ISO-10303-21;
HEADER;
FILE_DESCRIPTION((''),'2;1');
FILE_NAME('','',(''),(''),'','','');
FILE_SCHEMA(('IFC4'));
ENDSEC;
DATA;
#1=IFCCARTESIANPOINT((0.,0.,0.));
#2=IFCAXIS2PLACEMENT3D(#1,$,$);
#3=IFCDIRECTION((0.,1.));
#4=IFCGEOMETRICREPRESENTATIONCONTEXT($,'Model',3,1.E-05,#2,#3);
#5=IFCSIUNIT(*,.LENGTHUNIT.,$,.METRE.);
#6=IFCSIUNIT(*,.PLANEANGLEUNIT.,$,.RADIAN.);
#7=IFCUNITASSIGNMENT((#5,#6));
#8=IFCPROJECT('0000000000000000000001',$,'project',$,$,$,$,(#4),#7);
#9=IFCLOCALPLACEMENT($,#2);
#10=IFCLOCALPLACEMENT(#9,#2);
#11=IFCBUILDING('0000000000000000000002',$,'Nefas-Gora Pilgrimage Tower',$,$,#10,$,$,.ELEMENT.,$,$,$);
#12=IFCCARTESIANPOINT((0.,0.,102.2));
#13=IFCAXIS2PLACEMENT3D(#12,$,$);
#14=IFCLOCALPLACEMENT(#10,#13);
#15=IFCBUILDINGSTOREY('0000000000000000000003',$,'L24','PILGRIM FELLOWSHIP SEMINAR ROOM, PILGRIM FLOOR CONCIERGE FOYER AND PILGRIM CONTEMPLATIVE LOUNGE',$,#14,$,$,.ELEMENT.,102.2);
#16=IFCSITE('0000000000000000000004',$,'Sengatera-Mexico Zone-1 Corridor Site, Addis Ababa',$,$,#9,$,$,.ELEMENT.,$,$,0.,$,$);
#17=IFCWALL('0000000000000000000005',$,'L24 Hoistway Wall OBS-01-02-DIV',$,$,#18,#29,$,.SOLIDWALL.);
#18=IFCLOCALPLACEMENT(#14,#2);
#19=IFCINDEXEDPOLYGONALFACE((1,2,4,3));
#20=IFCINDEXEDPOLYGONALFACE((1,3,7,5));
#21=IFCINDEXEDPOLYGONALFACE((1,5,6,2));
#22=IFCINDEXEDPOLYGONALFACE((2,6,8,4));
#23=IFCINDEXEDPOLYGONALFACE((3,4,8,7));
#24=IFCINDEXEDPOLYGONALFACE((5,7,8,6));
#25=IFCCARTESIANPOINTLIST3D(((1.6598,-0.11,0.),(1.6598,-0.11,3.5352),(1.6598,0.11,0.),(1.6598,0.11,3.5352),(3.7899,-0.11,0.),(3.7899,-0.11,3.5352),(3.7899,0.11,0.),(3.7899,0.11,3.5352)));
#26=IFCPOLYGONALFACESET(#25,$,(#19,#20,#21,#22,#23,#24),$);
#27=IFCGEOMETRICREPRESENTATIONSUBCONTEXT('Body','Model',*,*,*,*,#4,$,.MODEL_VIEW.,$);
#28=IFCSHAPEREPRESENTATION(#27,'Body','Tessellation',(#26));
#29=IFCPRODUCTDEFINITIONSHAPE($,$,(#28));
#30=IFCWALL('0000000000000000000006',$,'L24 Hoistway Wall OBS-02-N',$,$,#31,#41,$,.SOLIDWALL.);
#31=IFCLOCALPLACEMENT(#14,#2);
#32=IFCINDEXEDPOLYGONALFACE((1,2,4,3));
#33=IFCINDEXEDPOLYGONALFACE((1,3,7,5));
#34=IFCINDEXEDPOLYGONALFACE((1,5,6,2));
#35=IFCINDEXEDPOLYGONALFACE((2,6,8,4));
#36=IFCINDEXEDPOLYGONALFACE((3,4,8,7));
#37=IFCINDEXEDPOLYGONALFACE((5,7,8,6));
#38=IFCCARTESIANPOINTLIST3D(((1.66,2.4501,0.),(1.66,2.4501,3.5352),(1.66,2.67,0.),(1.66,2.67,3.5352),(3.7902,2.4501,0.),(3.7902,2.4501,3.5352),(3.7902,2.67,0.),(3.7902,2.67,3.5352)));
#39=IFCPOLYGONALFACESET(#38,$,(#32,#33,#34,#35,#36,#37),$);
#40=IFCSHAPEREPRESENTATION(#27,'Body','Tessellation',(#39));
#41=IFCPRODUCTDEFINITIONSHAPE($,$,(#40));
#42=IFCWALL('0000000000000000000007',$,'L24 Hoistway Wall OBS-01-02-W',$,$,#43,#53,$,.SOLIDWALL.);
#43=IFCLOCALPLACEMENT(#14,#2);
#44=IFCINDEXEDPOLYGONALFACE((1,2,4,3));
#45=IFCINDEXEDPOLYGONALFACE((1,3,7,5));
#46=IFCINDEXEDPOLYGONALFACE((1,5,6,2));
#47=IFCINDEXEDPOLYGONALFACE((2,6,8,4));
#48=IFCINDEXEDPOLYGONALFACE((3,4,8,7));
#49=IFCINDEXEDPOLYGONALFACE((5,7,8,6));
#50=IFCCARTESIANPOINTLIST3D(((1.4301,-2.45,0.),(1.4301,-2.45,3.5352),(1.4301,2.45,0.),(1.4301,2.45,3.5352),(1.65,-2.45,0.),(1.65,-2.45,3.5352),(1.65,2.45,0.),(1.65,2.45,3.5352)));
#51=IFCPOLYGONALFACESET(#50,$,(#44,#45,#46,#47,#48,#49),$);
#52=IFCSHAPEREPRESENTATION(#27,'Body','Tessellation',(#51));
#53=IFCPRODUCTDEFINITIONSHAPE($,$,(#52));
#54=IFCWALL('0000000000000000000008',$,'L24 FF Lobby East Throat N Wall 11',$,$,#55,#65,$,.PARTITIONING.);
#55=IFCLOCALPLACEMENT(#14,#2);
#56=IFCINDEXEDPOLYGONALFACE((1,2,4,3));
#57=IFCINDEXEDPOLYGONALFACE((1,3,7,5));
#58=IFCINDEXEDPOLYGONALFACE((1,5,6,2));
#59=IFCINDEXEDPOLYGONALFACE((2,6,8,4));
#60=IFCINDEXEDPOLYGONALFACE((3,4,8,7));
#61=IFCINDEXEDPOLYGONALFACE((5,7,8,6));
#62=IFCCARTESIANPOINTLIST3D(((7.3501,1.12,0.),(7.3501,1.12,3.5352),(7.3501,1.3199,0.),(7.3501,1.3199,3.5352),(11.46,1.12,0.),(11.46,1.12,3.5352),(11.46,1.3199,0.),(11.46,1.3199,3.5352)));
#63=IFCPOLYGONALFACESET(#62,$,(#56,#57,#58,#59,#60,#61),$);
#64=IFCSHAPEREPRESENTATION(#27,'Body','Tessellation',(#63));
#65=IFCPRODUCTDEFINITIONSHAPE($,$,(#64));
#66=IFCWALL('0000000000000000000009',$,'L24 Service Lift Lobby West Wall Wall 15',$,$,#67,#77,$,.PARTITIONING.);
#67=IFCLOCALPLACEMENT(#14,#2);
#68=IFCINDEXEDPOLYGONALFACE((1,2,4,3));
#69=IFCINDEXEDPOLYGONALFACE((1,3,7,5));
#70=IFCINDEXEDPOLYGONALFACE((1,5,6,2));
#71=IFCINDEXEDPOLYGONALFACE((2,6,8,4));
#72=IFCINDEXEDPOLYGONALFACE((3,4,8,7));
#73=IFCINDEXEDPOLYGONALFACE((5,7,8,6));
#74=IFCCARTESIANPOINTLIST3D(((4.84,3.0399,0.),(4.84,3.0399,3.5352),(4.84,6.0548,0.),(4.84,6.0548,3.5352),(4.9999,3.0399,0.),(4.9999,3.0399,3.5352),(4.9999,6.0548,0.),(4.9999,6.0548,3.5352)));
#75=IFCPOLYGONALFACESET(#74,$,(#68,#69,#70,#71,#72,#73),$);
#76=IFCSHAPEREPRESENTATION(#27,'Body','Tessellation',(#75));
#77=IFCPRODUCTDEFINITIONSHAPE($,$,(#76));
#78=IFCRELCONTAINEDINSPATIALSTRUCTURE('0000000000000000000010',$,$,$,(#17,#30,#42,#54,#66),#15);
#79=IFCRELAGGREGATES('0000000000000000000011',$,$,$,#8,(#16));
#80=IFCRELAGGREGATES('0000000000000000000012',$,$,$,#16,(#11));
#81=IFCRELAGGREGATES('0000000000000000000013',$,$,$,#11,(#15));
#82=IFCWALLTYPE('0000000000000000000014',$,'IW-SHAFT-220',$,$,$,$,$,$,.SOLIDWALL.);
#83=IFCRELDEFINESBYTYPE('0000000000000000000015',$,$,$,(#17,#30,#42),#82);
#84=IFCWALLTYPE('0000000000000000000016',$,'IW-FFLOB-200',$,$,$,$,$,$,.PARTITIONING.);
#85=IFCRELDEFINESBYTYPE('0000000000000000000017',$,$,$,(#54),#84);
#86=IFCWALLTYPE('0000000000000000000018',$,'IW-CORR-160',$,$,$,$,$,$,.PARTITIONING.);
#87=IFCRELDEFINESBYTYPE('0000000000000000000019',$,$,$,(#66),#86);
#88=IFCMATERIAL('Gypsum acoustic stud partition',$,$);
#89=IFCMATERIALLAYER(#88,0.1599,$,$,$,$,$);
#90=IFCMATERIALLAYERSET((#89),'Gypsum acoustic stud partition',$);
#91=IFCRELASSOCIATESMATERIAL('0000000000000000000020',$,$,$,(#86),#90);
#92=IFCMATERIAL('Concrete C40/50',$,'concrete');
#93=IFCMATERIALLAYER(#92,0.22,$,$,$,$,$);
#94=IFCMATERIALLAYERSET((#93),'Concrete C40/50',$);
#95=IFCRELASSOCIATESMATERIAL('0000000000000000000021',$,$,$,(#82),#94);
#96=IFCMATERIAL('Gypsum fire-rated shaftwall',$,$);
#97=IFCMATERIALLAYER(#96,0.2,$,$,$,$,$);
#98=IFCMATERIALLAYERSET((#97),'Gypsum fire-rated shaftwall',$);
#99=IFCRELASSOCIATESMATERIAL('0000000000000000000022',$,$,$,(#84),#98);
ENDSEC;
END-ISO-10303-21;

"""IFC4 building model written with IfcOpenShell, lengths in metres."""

from ifc_helpers import new_model, si_unit, direction, frame, frame_2d, origin, place, context, subcontext, project, spatial, rectangle, extrude, source, transform, mapped, material, layer, layer_set, type_object, element, save


model = new_model("IFC4")

# Units and contexts
model_context = context("Model", 3, precision=1e-05, world=origin(), true_north=direction((0.0, 1.0)))
body_context = subcontext(model_context, "Body", "Model", "MODEL_VIEW")
ifc_project = project(units=[si_unit("LENGTHUNIT", "METRE"), si_unit("PLANEANGLEUNIT", "RADIAN")], contexts=[model_context])

# Site, building, storey
site_placement = place(None, origin())
site = spatial("IfcSite", under=ifc_project, at=site_placement, Name="Sengatera-Mexico Zone-1 Corridor Site, Addis Ababa", CompositionType="ELEMENT", RefElevation=0.0)
building_placement = place(site_placement, origin())
building = spatial("IfcBuilding", under=site, at=building_placement, Name="Nefas-Gora Pilgrimage Tower", CompositionType="ELEMENT")
storey_placement = place(building_placement, frame((0.0, 0.0, 102.2)))
storey = spatial("IfcBuildingStorey", under=building, at=storey_placement, Name="L24", Description="PILGRIM FELLOWSHIP SEMINAR ROOM, PILGRIM FLOOR CONCIERGE FOYER AND PILGRIM CONTEMPLATIVE LOUNGE", CompositionType="ELEMENT", Elevation=102.2)

# Shared definitions
ifc_material_1 = material(Name="Concrete C40/50", Category="concrete")

# Shared definitions
ifc_material_2 = material(Name="Gypsum acoustic stud partition")
ifc_layer_1 = layer(ifc_material_2, 0.1599)
ifc_layer_set_1 = layer_set([ifc_layer_1], Name="Gypsum acoustic stud partition")
wall_type_1 = type_object("IfcWallType", Name="IW-CORR-160", PredefinedType="PARTITIONING", material=ifc_layer_set_1)

# Shared definitions
ifc_layer_2 = layer(ifc_material_1, 0.22)
ifc_layer_set_2 = layer_set([ifc_layer_2], Name="Concrete C40/50")
wall_type_2 = type_object("IfcWallType", Name="IW-SHAFT-220", PredefinedType="SOLIDWALL", material=ifc_layer_set_2)

# Walls
shared_shape_1 = source(origin(), body_context, "Body", "SweptSolid", [
    extrude(rectangle(XDim=2.1301, YDim=0.22, at=frame_2d((1.0649, 0.0))), origin(), (0.0, 0.0, 1.0), 3.5352),
])
for number, where, z_axis, x_axis, name in (
    (1, (1.6599, 0.0, 0.0), (0.0, 0.0, 1.0), (1.0, 0.0, 0.0), "L24 Hoistway Wall OBS-01-02-DIV"),
    (2, (3.79, 2.5601, 0.0), (0.0, 0.0, 1.0), (-1.0, 0.0, 0.0), "L24 Hoistway Wall OBS-02-N"),
):
    element("IfcWall", number, at=place(storey_placement, frame(where, z_axis=z_axis, x_axis=x_axis)), inside=storey, type_object=wall_type_2, Name=name, PredefinedType="SOLIDWALL", context=body_context, shape_type="MappedRepresentation", body=[
        mapped(shared_shape_1, transform((0.0, 0.0, 0.0), x_axis=(1.0, 0.0, 0.0), y_axis=(0.0, 1.0, 0.0), z_axis=(0.0, 0.0, 1.0), scale=1.0)),
    ])
shared_shape_2 = source(origin(), body_context, "Body", "SweptSolid", [
    extrude(rectangle(XDim=4.8999, YDim=0.22, at=frame_2d((2.45, 0.0))), origin(), (0.0, 0.0, 1.0), 3.5352),
])
wall_1_placement = place(storey_placement, frame((1.54, 2.45, 0.0), z_axis=(0.0, 0.0, 1.0), x_axis=(0.0, -1.0, 0.0)))
element("IfcWall", 3, at=wall_1_placement, inside=storey, type_object=wall_type_2, Name="L24 Hoistway Wall OBS-01-02-W", PredefinedType="SOLIDWALL", context=body_context, shape_type="MappedRepresentation", body=[
    mapped(shared_shape_2, transform((0.0, 0.0, 0.0), x_axis=(1.0, 0.0, 0.0), y_axis=(0.0, 1.0, 0.0), z_axis=(0.0, 0.0, 1.0), scale=1.0)),
])

# Shared definitions
ifc_material_3 = material(Name="Gypsum fire-rated shaftwall")
ifc_layer_3 = layer(ifc_material_3, 0.2)
ifc_layer_set_3 = layer_set([ifc_layer_3], Name="Gypsum fire-rated shaftwall")
wall_type_3 = type_object("IfcWallType", Name="IW-FFLOB-200", PredefinedType="PARTITIONING", material=ifc_layer_set_3)

# Walls
shared_shape_3 = source(origin(), body_context, "Body", "SweptSolid", [
    extrude(rectangle(XDim=4.1099, YDim=0.2, at=frame_2d((2.0549, 0.0))), origin(), (0.0, 0.0, 1.0), 3.5352),
])
wall_2_placement = place(storey_placement, frame((7.3501, 1.22, 0.0), z_axis=(0.0, 0.0, 1.0), x_axis=(1.0, 0.0, 0.0)))
element("IfcWall", 4, at=wall_2_placement, inside=storey, type_object=wall_type_3, Name="L24 FF Lobby East Throat N Wall 11", PredefinedType="PARTITIONING", context=body_context, shape_type="MappedRepresentation", body=[
    mapped(shared_shape_3, transform((0.0, 0.0, 0.0), x_axis=(1.0, 0.0, 0.0), y_axis=(0.0, 1.0, 0.0), z_axis=(0.0, 0.0, 1.0), scale=1.0)),
])
shared_shape_4 = source(origin(), body_context, "Body", "SweptSolid", [
    extrude(rectangle(XDim=3.0149, YDim=0.1599, at=frame_2d((1.5073, 0.0))), origin(), (0.0, 0.0, 1.0), 3.5352),
])
wall_3_placement = place(storey_placement, frame((4.9199, 3.04, 0.0), z_axis=(0.0, 0.0, 1.0), x_axis=(0.0, 1.0, 0.0)))
element("IfcWall", 5, at=wall_3_placement, inside=storey, type_object=wall_type_1, Name="L24 Service Lift Lobby West Wall Wall 15", PredefinedType="PARTITIONING", context=body_context, shape_type="MappedRepresentation", body=[
    mapped(shared_shape_4, transform((0.0, 0.0, 0.0), x_axis=(1.0, 0.0, 0.0), y_axis=(0.0, 1.0, 0.0), z_axis=(0.0, 0.0, 1.0), scale=1.0)),
])

save(model, "model.ifc")
